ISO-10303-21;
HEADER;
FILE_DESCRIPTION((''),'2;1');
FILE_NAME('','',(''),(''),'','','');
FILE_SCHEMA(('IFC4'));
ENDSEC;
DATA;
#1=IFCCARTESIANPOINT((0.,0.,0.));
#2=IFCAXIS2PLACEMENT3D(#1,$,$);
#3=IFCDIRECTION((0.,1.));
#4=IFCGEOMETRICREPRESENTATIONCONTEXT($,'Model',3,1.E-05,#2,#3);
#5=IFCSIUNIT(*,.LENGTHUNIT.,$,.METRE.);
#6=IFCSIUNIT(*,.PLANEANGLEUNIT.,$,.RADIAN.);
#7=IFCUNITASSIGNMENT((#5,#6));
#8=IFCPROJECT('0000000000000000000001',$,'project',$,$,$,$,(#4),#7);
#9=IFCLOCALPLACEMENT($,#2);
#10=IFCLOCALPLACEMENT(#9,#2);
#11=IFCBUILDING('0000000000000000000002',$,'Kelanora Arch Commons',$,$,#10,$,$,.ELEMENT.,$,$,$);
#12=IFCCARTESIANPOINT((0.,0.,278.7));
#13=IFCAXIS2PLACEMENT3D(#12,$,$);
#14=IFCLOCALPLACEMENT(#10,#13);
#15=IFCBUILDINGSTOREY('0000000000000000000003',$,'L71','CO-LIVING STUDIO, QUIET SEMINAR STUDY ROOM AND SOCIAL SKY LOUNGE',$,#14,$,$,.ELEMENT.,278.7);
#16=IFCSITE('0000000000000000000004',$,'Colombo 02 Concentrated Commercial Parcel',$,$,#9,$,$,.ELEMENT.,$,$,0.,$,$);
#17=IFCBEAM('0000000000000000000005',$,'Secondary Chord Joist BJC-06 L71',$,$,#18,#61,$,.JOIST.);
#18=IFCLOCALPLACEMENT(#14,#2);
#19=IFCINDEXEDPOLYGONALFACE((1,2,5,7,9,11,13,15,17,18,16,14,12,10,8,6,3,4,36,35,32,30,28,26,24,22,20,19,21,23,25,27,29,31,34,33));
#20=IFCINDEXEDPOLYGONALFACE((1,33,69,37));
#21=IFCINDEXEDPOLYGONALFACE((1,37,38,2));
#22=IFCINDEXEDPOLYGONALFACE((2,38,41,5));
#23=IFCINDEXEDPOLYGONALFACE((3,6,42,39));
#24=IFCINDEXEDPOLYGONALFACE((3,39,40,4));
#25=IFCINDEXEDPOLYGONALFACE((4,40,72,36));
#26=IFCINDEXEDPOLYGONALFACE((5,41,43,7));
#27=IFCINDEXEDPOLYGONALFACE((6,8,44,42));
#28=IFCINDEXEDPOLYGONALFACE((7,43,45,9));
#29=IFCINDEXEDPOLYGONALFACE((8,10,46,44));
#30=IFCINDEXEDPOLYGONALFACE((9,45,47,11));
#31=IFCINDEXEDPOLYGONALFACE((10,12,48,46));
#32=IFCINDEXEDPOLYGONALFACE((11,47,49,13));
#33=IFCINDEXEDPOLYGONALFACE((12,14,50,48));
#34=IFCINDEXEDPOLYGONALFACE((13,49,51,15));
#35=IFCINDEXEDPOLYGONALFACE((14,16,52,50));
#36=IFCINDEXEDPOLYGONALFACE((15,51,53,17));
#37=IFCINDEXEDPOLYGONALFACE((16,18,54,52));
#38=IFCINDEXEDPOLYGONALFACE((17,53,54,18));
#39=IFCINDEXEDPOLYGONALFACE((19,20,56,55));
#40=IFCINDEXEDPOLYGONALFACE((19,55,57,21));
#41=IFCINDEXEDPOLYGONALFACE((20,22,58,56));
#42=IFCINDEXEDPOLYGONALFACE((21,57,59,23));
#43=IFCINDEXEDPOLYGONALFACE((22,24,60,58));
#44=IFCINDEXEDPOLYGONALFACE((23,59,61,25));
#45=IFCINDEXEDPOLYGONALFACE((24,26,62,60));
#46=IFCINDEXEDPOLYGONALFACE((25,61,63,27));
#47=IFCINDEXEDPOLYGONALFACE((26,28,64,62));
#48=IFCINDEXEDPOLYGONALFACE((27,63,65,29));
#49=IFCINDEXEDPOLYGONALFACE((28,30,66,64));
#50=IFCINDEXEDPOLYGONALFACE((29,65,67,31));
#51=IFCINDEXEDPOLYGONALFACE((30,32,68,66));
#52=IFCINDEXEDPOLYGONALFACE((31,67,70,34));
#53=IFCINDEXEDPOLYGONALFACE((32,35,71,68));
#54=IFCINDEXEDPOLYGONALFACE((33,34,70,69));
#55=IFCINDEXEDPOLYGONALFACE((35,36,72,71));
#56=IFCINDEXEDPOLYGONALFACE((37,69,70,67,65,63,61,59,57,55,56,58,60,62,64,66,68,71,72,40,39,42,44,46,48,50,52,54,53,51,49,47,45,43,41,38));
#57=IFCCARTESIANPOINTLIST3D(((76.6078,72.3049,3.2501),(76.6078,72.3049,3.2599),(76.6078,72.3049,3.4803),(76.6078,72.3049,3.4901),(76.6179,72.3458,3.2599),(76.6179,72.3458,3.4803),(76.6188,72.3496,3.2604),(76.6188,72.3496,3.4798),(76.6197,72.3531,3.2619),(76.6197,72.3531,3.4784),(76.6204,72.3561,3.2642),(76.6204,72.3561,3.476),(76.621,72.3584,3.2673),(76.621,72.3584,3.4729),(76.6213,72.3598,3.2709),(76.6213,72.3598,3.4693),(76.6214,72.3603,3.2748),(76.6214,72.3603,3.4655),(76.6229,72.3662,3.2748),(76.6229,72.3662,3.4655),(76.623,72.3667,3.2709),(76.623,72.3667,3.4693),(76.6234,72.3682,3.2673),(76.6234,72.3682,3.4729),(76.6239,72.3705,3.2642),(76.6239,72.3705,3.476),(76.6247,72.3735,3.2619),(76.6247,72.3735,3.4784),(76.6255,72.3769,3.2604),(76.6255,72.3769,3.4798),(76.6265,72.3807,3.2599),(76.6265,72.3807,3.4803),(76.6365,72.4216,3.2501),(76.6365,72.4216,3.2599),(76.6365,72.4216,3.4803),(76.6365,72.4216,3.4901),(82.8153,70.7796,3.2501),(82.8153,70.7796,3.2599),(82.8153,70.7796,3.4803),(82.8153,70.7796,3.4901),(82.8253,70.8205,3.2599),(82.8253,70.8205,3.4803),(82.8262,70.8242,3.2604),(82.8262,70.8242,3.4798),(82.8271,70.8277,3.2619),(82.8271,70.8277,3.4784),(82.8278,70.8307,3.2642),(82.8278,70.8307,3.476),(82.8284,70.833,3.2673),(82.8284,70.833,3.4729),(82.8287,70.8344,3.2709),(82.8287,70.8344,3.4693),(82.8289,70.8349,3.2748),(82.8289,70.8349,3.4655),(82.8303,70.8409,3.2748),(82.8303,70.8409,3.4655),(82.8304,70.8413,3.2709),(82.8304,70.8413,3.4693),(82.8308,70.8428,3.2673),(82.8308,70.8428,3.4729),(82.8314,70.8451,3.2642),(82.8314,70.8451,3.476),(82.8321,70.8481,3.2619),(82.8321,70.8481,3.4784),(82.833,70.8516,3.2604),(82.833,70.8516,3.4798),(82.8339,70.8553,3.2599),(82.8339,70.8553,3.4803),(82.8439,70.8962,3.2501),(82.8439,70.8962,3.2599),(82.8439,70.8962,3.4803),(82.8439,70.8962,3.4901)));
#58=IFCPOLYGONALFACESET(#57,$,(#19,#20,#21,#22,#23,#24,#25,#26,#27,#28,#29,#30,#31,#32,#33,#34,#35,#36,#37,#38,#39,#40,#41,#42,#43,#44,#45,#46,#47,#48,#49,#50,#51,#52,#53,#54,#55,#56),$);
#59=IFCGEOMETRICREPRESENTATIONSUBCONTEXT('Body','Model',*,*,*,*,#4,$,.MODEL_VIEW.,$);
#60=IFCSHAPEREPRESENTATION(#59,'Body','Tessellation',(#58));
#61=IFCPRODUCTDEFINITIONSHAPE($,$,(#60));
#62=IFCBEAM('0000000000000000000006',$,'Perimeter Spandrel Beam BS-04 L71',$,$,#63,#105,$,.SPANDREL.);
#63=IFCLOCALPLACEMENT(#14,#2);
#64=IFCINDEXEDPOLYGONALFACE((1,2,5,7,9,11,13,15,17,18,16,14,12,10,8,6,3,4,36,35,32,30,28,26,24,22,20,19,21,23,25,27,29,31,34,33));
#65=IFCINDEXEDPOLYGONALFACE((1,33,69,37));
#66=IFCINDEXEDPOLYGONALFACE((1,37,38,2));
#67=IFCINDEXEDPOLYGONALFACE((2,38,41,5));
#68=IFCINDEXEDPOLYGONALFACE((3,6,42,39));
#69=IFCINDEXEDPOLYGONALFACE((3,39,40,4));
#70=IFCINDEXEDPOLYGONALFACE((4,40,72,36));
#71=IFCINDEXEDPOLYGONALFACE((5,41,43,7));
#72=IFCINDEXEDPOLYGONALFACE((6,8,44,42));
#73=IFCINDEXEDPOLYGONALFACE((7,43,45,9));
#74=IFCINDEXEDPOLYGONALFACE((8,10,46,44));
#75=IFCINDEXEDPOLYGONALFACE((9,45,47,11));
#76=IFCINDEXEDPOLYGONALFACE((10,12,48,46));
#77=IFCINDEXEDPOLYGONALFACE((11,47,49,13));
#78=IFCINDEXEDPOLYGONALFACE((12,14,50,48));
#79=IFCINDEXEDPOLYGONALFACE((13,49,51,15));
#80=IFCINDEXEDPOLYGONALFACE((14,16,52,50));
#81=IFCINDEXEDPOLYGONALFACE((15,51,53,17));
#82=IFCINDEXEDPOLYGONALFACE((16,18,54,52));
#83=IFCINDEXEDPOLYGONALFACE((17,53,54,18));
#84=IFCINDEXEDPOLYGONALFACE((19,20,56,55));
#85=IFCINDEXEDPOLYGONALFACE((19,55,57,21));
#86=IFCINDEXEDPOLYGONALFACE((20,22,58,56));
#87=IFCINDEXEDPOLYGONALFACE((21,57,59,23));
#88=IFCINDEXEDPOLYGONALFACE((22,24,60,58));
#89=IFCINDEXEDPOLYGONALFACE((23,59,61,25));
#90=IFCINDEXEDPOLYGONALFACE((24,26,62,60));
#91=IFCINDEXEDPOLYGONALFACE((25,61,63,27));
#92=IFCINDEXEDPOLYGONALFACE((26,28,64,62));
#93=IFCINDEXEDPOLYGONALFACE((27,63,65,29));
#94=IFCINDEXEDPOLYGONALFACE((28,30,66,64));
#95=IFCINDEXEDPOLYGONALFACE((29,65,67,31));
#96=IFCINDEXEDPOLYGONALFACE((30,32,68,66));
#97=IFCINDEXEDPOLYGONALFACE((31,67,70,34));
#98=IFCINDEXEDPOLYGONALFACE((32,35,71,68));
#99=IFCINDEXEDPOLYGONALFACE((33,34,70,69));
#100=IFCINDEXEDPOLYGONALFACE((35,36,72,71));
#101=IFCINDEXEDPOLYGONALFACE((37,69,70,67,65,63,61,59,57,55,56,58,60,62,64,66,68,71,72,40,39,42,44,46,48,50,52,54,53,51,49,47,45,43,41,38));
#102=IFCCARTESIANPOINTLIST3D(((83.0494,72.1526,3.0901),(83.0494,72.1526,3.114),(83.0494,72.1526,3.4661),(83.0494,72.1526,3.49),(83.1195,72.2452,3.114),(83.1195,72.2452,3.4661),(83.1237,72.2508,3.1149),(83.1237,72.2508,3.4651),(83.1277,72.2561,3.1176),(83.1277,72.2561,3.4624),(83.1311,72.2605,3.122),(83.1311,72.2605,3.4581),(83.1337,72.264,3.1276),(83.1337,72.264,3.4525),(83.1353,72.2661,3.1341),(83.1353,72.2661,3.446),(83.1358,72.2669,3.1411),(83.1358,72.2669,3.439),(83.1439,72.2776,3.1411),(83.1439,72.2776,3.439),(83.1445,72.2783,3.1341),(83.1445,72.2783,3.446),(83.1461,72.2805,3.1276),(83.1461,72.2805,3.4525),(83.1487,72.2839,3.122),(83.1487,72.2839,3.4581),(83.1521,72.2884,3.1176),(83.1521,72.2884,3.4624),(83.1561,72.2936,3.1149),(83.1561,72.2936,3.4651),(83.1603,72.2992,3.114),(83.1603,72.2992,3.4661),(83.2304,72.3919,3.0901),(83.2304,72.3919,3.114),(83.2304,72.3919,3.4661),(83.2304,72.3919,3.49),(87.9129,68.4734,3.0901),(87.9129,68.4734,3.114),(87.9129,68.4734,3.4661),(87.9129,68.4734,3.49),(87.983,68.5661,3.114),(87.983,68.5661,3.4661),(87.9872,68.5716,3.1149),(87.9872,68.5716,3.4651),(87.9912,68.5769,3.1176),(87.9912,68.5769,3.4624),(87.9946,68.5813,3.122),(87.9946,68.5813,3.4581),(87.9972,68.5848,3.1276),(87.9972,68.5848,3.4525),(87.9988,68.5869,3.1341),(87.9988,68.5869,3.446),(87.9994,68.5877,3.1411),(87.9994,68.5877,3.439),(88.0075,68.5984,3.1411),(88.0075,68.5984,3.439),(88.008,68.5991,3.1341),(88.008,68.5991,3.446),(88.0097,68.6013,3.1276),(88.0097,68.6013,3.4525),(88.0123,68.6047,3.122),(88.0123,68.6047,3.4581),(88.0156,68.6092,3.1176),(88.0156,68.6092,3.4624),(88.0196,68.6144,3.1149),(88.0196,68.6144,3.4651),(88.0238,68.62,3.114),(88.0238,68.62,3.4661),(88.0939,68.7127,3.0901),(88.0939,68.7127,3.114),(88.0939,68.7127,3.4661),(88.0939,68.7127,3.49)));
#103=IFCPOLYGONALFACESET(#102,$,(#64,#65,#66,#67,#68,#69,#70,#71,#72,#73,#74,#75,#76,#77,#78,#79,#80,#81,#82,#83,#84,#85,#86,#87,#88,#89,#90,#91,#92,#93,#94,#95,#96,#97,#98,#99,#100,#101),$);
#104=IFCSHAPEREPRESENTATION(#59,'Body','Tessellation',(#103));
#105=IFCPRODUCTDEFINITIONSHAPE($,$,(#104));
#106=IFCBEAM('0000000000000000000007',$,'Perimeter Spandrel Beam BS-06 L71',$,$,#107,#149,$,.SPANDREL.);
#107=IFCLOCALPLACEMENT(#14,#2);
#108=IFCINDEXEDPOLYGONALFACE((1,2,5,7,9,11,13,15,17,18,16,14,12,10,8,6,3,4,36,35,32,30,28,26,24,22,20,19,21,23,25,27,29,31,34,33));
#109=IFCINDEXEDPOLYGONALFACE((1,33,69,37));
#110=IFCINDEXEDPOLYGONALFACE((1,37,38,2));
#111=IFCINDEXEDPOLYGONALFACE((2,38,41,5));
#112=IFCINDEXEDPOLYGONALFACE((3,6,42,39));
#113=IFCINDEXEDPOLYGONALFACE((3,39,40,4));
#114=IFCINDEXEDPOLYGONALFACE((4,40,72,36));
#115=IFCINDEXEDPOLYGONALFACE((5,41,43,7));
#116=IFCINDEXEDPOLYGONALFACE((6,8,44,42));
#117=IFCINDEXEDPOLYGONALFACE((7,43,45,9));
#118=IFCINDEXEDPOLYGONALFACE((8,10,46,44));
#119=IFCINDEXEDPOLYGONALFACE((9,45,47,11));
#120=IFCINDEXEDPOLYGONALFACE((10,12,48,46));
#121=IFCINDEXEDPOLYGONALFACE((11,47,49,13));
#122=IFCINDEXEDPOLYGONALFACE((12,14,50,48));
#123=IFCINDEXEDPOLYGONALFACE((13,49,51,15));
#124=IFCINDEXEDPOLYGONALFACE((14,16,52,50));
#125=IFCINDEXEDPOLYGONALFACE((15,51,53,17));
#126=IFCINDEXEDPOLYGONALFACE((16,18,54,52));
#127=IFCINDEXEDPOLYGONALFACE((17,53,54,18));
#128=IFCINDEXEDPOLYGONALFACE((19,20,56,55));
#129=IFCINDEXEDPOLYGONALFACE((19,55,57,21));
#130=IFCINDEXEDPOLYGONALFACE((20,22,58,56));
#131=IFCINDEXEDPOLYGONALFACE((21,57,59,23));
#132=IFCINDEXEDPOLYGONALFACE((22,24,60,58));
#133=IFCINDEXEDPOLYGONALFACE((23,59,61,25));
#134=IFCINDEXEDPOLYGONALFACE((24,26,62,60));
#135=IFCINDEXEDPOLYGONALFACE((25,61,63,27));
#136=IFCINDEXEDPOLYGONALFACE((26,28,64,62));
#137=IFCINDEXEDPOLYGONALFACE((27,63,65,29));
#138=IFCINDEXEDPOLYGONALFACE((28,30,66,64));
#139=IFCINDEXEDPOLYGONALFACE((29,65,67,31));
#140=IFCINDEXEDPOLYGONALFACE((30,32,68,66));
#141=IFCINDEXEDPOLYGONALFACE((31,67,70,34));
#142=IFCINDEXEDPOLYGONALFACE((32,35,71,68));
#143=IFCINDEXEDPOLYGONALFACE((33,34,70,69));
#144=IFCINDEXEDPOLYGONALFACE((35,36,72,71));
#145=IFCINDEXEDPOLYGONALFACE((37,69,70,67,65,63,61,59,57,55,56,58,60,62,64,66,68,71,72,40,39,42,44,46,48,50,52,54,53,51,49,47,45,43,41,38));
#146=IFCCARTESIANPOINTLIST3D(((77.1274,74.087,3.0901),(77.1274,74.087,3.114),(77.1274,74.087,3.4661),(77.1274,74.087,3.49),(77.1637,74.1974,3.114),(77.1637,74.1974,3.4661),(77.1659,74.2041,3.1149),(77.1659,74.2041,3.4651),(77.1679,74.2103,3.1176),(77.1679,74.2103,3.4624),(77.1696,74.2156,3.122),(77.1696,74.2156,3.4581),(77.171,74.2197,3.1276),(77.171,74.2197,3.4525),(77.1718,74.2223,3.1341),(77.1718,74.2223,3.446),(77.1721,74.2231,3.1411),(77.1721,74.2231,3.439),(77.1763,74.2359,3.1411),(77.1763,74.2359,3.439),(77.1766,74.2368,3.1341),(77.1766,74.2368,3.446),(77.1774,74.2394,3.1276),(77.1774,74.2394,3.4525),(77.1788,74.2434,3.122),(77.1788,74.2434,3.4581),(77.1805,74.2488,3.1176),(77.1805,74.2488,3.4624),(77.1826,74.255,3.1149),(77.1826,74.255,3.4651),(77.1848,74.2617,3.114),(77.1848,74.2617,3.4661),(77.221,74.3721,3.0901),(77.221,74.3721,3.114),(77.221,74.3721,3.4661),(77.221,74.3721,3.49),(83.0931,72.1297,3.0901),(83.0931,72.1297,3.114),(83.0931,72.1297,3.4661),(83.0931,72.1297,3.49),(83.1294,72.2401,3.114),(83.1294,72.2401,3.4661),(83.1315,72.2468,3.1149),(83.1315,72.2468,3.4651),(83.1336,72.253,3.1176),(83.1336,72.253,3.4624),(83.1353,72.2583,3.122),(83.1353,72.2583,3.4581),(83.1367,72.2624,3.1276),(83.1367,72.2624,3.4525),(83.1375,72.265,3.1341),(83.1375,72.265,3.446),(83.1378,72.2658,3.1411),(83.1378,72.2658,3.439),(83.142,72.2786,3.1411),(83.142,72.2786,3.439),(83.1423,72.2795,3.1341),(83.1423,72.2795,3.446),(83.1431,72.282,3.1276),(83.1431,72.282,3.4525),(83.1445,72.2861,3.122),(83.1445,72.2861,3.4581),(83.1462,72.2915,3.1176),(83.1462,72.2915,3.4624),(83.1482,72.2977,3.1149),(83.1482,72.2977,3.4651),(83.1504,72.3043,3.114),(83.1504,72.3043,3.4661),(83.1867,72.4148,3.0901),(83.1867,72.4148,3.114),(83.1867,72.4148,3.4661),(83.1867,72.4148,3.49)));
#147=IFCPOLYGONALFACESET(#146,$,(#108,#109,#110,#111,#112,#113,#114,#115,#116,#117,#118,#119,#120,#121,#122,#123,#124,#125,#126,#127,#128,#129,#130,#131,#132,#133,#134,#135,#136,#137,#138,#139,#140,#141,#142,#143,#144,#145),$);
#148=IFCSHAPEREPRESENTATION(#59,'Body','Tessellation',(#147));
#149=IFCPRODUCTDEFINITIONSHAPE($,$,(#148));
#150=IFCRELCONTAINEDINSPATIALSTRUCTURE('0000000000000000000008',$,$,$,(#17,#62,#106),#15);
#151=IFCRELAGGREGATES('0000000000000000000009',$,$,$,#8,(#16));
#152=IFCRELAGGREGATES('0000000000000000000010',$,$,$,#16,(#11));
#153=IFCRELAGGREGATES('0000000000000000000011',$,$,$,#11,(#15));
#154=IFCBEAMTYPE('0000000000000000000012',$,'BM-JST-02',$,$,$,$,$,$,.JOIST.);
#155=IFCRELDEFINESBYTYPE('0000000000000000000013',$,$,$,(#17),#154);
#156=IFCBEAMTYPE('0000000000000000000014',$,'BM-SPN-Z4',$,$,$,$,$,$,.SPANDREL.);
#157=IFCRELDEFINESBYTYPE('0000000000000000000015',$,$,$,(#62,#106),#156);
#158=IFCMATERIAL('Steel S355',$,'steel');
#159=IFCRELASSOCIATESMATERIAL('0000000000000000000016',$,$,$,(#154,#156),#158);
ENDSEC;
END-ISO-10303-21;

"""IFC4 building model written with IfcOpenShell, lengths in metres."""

from ifc_helpers import new_model, si_unit, direction, frame, origin, origin_2d, place, context, subcontext, project, spatial, i_section, extrude, material, material_profile, profile_set, type_object, element, save


model = new_model("IFC4")

# Units and contexts
model_context = context("Model", 3, precision=1e-05, world=origin(), true_north=direction((0.0, 1.0)))
body_context = subcontext(model_context, "Body", "Model", "MODEL_VIEW")
ifc_project = project(units=[si_unit("LENGTHUNIT", "METRE"), si_unit("PLANEANGLEUNIT", "RADIAN")], contexts=[model_context])

# Site, building, storey
site_placement = place(None, origin())
site = spatial("IfcSite", under=ifc_project, at=site_placement, Name="Colombo 02 Concentrated Commercial Parcel", CompositionType="ELEMENT", RefElevation=0.0)
building_placement = place(site_placement, origin())
building = spatial("IfcBuilding", under=site, at=building_placement, Name="Kelanora Arch Commons", CompositionType="ELEMENT")
storey_placement = place(building_placement, frame((0.0, 0.0, 278.7)))
storey = spatial("IfcBuildingStorey", under=building, at=storey_placement, Name="L71", Description="CO-LIVING STUDIO, QUIET SEMINAR STUDY ROOM AND SOCIAL SKY LOUNGE", CompositionType="ELEMENT", Elevation=278.7)

# Beams
ifc_material_1 = material(Name="Steel S355", Category="steel")
ifc_material_profile_1 = material_profile(ifc_material_1, i_section(OverallWidth=0.1201, OverallDepth=0.24, WebThickness=0.0061, FlangeThickness=0.0098, FilletRadius=0.0149, at=origin_2d()), Name="IPE240")
ifc_profile_set_1 = profile_set([ifc_material_profile_1], Name="Steel S355")
beam_type_1 = type_object("IfcBeamType", Name="BM-JST-02", PredefinedType="JOIST", material=ifc_profile_set_1)
beam_1_placement = place(storey_placement, frame((82.8296, 70.8379, 3.3701), z_axis=(-0.97111, 0.238633, 0.0), x_axis=(-0.238633, -0.97111, 0.0)))
element("IfcBeam", 1, at=beam_1_placement, inside=storey, type_object=beam_type_1, Name="Secondary Chord Joist BJC-06 L71", PredefinedType="JOIST", context=body_context, shape_type="SweptSolid", body=[
    extrude(i_section(OverallWidth=0.1201, OverallDepth=0.24, WebThickness=0.0061, FlangeThickness=0.0098, FilletRadius=0.0149, at=origin_2d()), origin(), (0.0, 0.0, 1.0), 6.3921),
])
ifc_material_profile_2 = material_profile(ifc_material_1, i_section(OverallWidth=0.3, OverallDepth=0.3999, WebThickness=0.0134, FlangeThickness=0.0239, FilletRadius=0.0271, at=origin_2d()), Name="HEB400")
ifc_profile_set_2 = profile_set([ifc_material_profile_2], Name="Steel S355")
beam_type_2 = type_object("IfcBeamType", Name="BM-SPN-Z4", PredefinedType="SPANDREL", material=ifc_profile_set_2)
beam_2_placement = place(storey_placement, frame((88.0034, 68.593, 3.29), z_axis=(-0.797509, 0.603306, 0.0), x_axis=(-0.603306, -0.797509, 0.0)))
element("IfcBeam", 2, at=beam_2_placement, inside=storey, type_object=beam_type_2, Name="Perimeter Spandrel Beam BS-04 L71", PredefinedType="SPANDREL", context=body_context, shape_type="SweptSolid", body=[
    extrude(i_section(OverallWidth=0.3, OverallDepth=0.3999, WebThickness=0.0134, FlangeThickness=0.0239, FilletRadius=0.0271, at=origin_2d()), origin(), (0.0, 0.0, 1.0), 6.0984),
])
beam_3_placement = place(storey_placement, frame((83.1399, 72.2722, 3.29), z_axis=(-0.950166, 0.311745, 0.0), x_axis=(-0.311745, -0.950166, 0.0)))
element("IfcBeam", 3, at=beam_3_placement, inside=storey, type_object=beam_type_2, Name="Perimeter Spandrel Beam BS-06 L71", PredefinedType="SPANDREL", context=body_context, shape_type="SweptSolid", body=[
    extrude(i_section(OverallWidth=0.3, OverallDepth=0.3999, WebThickness=0.0134, FlangeThickness=0.0239, FilletRadius=0.0271, at=origin_2d()), origin(), (0.0, 0.0, 1.0), 6.2786),
])

save(model, "model.ifc")
